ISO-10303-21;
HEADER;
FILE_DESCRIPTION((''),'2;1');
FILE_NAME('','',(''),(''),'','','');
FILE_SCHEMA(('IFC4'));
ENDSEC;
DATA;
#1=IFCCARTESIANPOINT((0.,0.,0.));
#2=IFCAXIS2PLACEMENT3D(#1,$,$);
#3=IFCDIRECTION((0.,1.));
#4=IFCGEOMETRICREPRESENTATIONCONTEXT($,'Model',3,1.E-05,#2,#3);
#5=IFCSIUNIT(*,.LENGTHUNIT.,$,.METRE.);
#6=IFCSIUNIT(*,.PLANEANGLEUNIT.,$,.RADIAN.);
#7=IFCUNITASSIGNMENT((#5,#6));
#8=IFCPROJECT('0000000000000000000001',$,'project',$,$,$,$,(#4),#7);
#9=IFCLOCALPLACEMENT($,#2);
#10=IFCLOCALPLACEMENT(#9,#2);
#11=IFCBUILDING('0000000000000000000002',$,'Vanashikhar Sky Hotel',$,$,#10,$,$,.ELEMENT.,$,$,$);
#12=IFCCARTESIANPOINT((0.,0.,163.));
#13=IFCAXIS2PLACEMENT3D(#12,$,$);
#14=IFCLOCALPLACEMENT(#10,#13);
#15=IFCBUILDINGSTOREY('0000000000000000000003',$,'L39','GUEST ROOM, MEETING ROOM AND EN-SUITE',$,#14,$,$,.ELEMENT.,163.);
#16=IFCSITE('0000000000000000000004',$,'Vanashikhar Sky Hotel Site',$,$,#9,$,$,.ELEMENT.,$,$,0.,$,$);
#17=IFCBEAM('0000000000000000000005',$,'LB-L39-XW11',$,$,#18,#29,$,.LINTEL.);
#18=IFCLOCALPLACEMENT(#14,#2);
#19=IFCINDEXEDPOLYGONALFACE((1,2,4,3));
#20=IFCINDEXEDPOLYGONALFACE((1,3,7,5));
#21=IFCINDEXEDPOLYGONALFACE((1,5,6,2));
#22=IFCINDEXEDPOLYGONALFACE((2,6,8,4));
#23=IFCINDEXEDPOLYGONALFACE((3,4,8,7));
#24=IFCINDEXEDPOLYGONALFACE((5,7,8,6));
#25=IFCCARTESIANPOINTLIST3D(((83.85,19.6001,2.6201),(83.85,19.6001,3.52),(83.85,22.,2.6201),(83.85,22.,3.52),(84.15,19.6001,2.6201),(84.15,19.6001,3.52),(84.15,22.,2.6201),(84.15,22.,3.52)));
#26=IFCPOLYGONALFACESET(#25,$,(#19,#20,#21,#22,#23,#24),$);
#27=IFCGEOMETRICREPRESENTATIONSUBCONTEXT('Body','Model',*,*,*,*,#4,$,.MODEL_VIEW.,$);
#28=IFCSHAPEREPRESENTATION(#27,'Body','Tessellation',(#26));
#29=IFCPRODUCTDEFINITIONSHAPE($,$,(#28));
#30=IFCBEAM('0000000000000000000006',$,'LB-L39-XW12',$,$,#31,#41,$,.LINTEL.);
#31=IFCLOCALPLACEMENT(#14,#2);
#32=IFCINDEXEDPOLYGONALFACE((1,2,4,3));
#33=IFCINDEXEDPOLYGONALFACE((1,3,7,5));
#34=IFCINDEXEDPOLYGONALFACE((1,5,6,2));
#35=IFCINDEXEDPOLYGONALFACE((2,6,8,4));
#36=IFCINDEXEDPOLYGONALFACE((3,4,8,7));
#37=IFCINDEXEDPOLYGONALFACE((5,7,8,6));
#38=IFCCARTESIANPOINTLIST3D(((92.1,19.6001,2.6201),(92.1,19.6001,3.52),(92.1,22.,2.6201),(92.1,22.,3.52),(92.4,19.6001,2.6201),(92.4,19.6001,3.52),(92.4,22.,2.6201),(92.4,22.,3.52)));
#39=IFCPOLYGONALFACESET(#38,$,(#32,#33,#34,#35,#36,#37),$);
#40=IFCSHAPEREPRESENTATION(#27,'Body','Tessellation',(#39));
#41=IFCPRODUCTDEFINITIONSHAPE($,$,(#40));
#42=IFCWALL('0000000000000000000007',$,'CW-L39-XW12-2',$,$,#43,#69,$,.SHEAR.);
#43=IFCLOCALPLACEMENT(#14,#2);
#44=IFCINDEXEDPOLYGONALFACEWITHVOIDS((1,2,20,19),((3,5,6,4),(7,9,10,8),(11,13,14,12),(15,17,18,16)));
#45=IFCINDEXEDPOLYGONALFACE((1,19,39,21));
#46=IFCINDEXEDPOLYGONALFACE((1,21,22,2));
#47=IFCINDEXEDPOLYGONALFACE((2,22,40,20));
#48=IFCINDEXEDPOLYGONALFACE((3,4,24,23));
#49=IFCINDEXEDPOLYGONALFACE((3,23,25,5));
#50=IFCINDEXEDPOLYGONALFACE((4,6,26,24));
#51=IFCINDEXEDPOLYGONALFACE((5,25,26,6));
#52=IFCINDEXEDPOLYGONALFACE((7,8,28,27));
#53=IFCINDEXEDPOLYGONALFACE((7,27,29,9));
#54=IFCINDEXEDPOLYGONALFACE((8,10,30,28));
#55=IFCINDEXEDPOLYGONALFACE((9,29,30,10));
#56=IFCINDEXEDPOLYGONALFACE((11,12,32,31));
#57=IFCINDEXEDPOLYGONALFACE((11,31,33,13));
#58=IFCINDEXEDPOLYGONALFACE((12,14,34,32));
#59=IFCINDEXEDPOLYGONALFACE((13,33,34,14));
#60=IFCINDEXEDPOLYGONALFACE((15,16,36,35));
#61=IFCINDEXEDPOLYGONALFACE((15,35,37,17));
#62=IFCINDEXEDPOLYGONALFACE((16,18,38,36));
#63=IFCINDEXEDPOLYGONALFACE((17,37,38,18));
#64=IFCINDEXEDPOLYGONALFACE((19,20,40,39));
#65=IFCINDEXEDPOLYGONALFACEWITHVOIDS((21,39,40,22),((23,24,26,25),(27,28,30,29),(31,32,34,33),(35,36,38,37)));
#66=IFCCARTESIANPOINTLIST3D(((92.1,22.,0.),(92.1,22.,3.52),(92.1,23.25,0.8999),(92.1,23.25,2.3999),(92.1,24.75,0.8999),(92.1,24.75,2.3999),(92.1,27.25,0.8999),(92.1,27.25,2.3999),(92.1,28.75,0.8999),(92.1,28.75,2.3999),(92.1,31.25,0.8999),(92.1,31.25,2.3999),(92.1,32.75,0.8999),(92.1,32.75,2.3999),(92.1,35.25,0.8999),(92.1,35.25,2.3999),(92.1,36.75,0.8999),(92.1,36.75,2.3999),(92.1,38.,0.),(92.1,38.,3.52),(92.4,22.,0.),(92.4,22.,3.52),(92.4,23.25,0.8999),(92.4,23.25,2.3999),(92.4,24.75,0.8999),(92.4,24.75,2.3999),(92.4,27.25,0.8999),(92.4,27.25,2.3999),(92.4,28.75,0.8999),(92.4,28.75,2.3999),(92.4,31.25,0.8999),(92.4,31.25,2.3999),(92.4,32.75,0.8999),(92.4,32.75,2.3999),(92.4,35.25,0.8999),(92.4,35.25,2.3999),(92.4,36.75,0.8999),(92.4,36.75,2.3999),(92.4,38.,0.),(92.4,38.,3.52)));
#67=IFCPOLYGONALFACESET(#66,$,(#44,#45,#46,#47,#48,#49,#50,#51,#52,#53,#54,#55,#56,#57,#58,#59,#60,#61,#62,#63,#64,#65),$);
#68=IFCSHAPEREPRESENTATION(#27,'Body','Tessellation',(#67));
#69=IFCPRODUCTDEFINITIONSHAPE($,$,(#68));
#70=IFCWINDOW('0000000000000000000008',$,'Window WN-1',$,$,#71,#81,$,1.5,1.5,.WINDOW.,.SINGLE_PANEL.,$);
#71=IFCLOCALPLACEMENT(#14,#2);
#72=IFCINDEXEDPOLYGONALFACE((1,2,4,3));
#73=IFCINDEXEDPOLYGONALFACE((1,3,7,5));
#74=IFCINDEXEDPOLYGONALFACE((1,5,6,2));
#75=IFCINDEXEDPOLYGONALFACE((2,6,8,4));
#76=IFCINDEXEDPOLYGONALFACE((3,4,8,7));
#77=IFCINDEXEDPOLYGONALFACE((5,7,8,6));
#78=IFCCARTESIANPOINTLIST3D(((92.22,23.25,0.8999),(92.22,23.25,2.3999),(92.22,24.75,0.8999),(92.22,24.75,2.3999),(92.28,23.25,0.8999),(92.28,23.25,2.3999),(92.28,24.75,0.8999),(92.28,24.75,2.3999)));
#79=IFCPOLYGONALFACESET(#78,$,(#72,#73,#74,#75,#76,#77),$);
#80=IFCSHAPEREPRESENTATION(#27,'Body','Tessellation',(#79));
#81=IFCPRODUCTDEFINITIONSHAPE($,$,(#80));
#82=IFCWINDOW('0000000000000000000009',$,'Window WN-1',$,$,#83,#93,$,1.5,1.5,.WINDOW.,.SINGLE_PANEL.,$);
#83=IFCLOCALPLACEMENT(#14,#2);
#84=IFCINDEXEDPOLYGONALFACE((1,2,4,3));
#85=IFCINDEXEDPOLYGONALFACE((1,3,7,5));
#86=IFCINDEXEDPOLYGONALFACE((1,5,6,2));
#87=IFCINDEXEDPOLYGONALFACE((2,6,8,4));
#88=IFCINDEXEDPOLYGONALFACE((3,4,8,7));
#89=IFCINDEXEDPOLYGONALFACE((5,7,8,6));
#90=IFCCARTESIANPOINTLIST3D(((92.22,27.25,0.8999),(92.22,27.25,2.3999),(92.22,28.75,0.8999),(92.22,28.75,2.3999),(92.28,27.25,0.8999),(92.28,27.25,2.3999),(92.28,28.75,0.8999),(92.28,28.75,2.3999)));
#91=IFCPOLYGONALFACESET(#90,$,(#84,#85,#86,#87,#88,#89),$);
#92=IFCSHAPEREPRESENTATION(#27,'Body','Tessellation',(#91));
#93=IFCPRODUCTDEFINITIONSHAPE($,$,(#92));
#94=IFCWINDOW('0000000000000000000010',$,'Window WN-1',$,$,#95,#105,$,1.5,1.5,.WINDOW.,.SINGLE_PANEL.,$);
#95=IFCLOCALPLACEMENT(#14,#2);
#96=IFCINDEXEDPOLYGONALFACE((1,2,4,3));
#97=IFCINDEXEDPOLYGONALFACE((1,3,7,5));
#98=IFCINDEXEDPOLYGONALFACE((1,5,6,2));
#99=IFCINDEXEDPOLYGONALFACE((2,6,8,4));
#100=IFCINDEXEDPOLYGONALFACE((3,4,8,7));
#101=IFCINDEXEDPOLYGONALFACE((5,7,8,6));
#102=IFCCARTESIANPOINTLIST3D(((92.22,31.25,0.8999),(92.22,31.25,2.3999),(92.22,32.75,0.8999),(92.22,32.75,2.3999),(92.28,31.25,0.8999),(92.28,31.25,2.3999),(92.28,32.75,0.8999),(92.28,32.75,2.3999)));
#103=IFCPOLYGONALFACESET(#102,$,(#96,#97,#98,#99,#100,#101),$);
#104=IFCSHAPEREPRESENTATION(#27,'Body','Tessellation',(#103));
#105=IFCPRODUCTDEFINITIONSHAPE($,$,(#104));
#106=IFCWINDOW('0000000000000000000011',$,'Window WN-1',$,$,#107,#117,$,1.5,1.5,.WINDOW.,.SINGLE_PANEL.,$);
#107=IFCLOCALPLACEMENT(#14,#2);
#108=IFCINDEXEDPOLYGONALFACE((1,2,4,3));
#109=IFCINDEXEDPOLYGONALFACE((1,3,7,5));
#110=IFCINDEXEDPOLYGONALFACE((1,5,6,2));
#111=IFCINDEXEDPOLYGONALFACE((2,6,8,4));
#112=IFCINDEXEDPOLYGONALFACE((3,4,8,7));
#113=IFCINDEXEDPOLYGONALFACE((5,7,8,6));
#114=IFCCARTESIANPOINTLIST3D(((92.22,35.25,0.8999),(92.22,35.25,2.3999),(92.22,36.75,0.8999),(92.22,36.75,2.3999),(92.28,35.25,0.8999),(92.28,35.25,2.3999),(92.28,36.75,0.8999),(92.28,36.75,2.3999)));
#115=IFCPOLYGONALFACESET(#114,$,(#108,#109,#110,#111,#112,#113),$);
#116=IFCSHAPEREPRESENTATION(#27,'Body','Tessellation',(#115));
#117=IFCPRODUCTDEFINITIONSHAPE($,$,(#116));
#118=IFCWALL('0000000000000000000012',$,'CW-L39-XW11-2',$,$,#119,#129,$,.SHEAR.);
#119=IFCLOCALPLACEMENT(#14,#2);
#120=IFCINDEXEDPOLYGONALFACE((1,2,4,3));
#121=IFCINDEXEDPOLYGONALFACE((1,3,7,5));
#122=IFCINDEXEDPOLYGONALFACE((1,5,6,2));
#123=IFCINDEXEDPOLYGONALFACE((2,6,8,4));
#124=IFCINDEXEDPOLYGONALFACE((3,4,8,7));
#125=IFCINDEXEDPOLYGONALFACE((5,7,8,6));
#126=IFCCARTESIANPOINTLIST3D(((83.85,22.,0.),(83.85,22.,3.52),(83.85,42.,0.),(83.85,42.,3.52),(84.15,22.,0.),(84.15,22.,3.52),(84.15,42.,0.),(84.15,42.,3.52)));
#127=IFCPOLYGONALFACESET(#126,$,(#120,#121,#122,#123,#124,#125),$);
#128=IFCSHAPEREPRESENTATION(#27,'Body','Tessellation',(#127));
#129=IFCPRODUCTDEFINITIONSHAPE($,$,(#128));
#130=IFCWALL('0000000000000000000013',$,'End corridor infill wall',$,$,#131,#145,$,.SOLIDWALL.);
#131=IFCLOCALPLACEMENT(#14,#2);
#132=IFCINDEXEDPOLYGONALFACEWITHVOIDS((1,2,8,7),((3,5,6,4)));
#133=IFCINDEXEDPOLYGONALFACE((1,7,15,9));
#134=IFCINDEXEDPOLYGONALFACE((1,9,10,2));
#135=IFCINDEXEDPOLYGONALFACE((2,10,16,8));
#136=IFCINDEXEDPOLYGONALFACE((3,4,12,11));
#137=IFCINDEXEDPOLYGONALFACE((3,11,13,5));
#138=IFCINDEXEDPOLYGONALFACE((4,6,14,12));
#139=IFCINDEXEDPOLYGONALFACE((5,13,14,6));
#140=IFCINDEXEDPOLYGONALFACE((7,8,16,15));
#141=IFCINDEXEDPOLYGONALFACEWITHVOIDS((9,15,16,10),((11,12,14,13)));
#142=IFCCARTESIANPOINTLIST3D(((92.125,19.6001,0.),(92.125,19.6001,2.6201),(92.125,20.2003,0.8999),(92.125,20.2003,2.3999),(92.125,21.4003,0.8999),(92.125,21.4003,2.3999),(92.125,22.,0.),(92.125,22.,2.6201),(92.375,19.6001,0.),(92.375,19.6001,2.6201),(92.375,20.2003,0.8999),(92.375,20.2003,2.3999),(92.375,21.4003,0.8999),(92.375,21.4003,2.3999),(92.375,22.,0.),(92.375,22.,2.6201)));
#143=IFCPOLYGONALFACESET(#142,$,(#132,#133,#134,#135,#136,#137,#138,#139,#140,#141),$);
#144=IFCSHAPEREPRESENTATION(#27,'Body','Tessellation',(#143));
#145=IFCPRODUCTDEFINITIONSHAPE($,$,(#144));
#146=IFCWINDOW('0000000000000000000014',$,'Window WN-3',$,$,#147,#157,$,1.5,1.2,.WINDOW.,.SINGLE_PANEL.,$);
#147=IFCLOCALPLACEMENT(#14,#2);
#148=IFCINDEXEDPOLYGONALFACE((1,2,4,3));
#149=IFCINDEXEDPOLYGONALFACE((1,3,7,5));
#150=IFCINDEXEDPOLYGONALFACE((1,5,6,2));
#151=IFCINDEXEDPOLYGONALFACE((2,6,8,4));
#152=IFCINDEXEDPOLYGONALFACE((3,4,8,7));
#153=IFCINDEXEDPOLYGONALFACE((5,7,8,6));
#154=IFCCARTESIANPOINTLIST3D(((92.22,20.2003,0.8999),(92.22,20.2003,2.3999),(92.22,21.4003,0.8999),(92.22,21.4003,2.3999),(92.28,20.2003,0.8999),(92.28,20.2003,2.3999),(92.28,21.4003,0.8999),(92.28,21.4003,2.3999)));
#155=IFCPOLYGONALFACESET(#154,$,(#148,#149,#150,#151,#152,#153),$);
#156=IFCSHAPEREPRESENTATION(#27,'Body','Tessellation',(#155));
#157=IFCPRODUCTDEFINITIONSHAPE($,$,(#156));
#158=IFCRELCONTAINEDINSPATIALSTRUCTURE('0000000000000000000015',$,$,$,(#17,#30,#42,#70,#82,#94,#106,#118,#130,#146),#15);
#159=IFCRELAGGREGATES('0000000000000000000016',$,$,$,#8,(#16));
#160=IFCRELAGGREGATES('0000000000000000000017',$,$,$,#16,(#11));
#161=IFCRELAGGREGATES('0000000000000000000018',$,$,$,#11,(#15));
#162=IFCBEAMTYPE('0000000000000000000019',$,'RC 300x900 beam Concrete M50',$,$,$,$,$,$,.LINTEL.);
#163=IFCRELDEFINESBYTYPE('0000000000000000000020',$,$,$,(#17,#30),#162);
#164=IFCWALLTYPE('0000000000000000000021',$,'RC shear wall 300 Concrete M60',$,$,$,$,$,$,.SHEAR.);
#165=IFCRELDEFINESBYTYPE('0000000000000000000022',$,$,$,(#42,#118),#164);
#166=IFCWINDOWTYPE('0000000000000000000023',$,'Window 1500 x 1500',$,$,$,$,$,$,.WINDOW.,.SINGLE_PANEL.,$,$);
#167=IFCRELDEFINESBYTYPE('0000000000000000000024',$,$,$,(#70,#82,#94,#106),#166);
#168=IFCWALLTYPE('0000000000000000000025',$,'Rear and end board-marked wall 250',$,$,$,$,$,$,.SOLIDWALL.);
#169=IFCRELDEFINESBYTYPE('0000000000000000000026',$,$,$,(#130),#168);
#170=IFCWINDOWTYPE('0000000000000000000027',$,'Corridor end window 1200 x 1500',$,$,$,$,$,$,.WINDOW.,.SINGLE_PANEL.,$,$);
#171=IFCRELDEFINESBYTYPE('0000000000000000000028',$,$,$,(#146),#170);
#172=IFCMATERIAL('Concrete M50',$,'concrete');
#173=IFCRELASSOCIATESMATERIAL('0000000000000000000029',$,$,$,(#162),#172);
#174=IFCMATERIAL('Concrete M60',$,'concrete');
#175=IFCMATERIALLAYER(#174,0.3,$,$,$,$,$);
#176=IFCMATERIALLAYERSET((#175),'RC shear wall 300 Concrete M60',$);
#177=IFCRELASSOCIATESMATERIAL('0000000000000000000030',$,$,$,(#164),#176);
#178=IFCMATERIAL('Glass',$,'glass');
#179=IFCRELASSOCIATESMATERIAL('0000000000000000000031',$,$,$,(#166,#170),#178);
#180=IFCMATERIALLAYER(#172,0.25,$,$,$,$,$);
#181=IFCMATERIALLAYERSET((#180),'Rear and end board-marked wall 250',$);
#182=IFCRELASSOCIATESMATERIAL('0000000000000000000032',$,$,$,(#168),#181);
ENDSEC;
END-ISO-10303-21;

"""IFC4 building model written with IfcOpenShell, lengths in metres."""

from ifc_helpers import new_model, si_unit, direction, frame, frame_2d, origin, origin_2d, place, context, subcontext, project, spatial, rectangle, extrude, source, transform, mapped, material, layer, layer_set, material_profile, profile_set, type_object, element, fill, save


model = new_model("IFC4")

# Units and contexts
model_context = context("Model", 3, precision=1e-05, world=origin(), true_north=direction((0.0, 1.0)))
body_context = subcontext(model_context, "Body", "Model", "MODEL_VIEW")
ifc_project = project(units=[si_unit("LENGTHUNIT", "METRE"), si_unit("PLANEANGLEUNIT", "RADIAN")], contexts=[model_context])

# Site, building, storey
site_placement = place(None, origin())
site = spatial("IfcSite", under=ifc_project, at=site_placement, Name="Vanashikhar Sky Hotel Site", CompositionType="ELEMENT", RefElevation=0.0)
building_placement = place(site_placement, origin())
building = spatial("IfcBuilding", under=site, at=building_placement, Name="Vanashikhar Sky Hotel", CompositionType="ELEMENT")
storey_placement = place(building_placement, frame((0.0, 0.0, 163.0)))
storey = spatial("IfcBuildingStorey", under=building, at=storey_placement, Name="L39", Description="GUEST ROOM, MEETING ROOM AND EN-SUITE", CompositionType="ELEMENT", Elevation=163.0)

# Beams
ifc_material_1 = material(Name="Concrete M50", Category="concrete")
ifc_material_profile = material_profile(ifc_material_1, rectangle(XDim=0.3, YDim=0.8999, at=origin_2d()))
ifc_profile_set = profile_set([ifc_material_profile], Name="RC 300x900 beam Concrete M50")
beam_type = type_object("IfcBeamType", Name="RC 300x900 beam Concrete M50", PredefinedType="LINTEL", material=ifc_profile_set)
shared_shape_1 = source(origin(), body_context, "Body", "SweptSolid", [
    extrude(rectangle(XDim=0.3, YDim=0.8999, at=origin_2d()), origin(), (0.0, 0.0, 1.0), 2.3999),
])
for number, where, z_axis, x_axis, name in (
    (1, (84.0, 19.6001, 3.0701), (0.0, 1.0, 0.0), (-1.0, 0.0, 0.0), "LB-L39-XW11"),
    (2, (92.25, 19.6001, 3.0701), (0.0, 1.0, 0.0), (-1.0, 0.0, 0.0), "LB-L39-XW12"),
):
    element("IfcBeam", number, at=place(storey_placement, frame(where, z_axis=z_axis, x_axis=x_axis)), inside=storey, type_object=beam_type, Name=name, PredefinedType="LINTEL", context=body_context, shape_type="MappedRepresentation", body=[
        mapped(shared_shape_1, transform((0.0, 0.0, 0.0), scale=1.0)),
    ])

# Wall, openings, windows
ifc_material_2 = material(Name="Concrete M60", Category="concrete")
ifc_layer_1 = layer(ifc_material_2, 0.3)
ifc_layer_set_1 = layer_set([ifc_layer_1], Name="RC shear wall 300 Concrete M60")
wall_type_1 = type_object("IfcWallType", Name="RC shear wall 300 Concrete M60", PredefinedType="SHEAR", material=ifc_layer_set_1)
shared_shape_2 = source(origin(), body_context, "Body", "SweptSolid", [
    extrude(rectangle(XDim=16.0, YDim=0.3, at=frame_2d((8.0, 0.0))), origin(), (0.0, 0.0, 1.0), 3.52),
])
wall_1_placement = place(storey_placement, frame((92.25, 22.0, 0.0), z_axis=(0.0, 0.0, 1.0), x_axis=(0.0, 1.0, 0.0)))
wall_1 = element("IfcWall", 3, at=wall_1_placement, inside=storey, type_object=wall_type_1, Name="CW-L39-XW12-2", PredefinedType="SHEAR", context=body_context, shape_type="MappedRepresentation", body=[
    mapped(shared_shape_2, transform((0.0, 0.0, 0.0), scale=1.0)),
])
shared_shape_3 = source(origin(), body_context, "Body", "SweptSolid", [
    extrude(rectangle(XDim=1.5, YDim=1.5, at=frame_2d((0.75, 0.75))), frame((0.0, 0.1602, 0.0), z_axis=(0.0, -1.0, 0.0), x_axis=(1.0, 0.0, 0.0)), (0.0, 0.0, 1.0), 0.3201),
])
opening_1_placement = place(wall_1_placement, frame((1.25, 0.0, 0.8999)))
opening_1 = element("IfcOpeningElement", 4, at=opening_1_placement, cuts=wall_1, PredefinedType="OPENING", context=body_context, shape_type="MappedRepresentation", body=[
    mapped(shared_shape_3, transform((0.0, 0.0, 0.0), scale=1.0)),
])
opening_2_placement = place(wall_1_placement, frame((5.25, 0.0, 0.8999)))
opening_2 = element("IfcOpeningElement", 5, at=opening_2_placement, cuts=wall_1, PredefinedType="OPENING", context=body_context, shape_type="MappedRepresentation", body=[
    mapped(shared_shape_3, transform((0.0, 0.0, 0.0), scale=1.0)),
])
opening_3_placement = place(wall_1_placement, frame((9.25, 0.0, 0.8999)))
opening_3 = element("IfcOpeningElement", 6, at=opening_3_placement, cuts=wall_1, PredefinedType="OPENING", context=body_context, shape_type="MappedRepresentation", body=[
    mapped(shared_shape_3, transform((0.0, 0.0, 0.0), scale=1.0)),
])
opening_4_placement = place(wall_1_placement, frame((13.25, 0.0, 0.8999)))
opening_4 = element("IfcOpeningElement", 7, at=opening_4_placement, cuts=wall_1, PredefinedType="OPENING", context=body_context, shape_type="MappedRepresentation", body=[
    mapped(shared_shape_3, transform((0.0, 0.0, 0.0), scale=1.0)),
])
ifc_material_3 = material(Name="Glass", Category="glass")
window_type_1 = type_object("IfcWindowType", Name="Window 1500 x 1500", PartitioningType="SINGLE_PANEL", PredefinedType="WINDOW", material=ifc_material_3)
shared_shape_4 = source(origin(), body_context, "Body", "SweptSolid", [
    extrude(rectangle(XDim=1.5, YDim=1.5, at=frame_2d((0.75, 0.75))), frame((0.0, 0.03, 0.0), z_axis=(0.0, -1.0, 0.0), x_axis=(1.0, 0.0, 0.0)), (0.0, 0.0, 1.0), 0.0601),
])
window_1_placement = place(opening_1_placement, origin())
window_1 = element("IfcWindow", 8, at=window_1_placement, inside=storey, type_object=window_type_1, Name="Window WN-1", OverallHeight=1.5, OverallWidth=1.5, PartitioningType="SINGLE_PANEL", PredefinedType="WINDOW", context=body_context, shape_type="MappedRepresentation", body=[
    mapped(shared_shape_4, transform((0.0, 0.0, 0.0), scale=1.0)),
])
fill(opening_1, window_1)
window_2_placement = place(opening_2_placement, origin())
window_2 = element("IfcWindow", 9, at=window_2_placement, inside=storey, type_object=window_type_1, Name="Window WN-1", OverallHeight=1.5, OverallWidth=1.5, PartitioningType="SINGLE_PANEL", PredefinedType="WINDOW", context=body_context, shape_type="MappedRepresentation", body=[
    mapped(shared_shape_4, transform((0.0, 0.0, 0.0), scale=1.0)),
])
fill(opening_2, window_2)
window_3_placement = place(opening_3_placement, origin())
window_3 = element("IfcWindow", 10, at=window_3_placement, inside=storey, type_object=window_type_1, Name="Window WN-1", OverallHeight=1.5, OverallWidth=1.5, PartitioningType="SINGLE_PANEL", PredefinedType="WINDOW", context=body_context, shape_type="MappedRepresentation", body=[
    mapped(shared_shape_4, transform((0.0, 0.0, 0.0), scale=1.0)),
])
fill(opening_3, window_3)
window_4_placement = place(opening_4_placement, origin())
window_4 = element("IfcWindow", 11, at=window_4_placement, inside=storey, type_object=window_type_1, Name="Window WN-1", OverallHeight=1.5, OverallWidth=1.5, PartitioningType="SINGLE_PANEL", PredefinedType="WINDOW", context=body_context, shape_type="MappedRepresentation", body=[
    mapped(shared_shape_4, transform((0.0, 0.0, 0.0), scale=1.0)),
])
fill(opening_4, window_4)

# Wall
shared_shape_5 = source(origin(), body_context, "Body", "SweptSolid", [
    extrude(rectangle(XDim=20.0, YDim=0.3, at=frame_2d((10.0, 0.0))), origin(), (0.0, 0.0, 1.0), 3.52),
])
wall_2_placement = place(storey_placement, frame((84.0, 22.0, 0.0), z_axis=(0.0, 0.0, 1.0), x_axis=(0.0, 1.0, 0.0)))
element("IfcWall", 12, at=wall_2_placement, inside=storey, type_object=wall_type_1, Name="CW-L39-XW11-2", PredefinedType="SHEAR", context=body_context, shape_type="MappedRepresentation", body=[
    mapped(shared_shape_5, transform((0.0, 0.0, 0.0), scale=1.0)),
])

# Wall, opening, window
ifc_layer_2 = layer(ifc_material_1, 0.25)
ifc_layer_set_2 = layer_set([ifc_layer_2], Name="Rear and end board-marked wall 250")
wall_type_2 = type_object("IfcWallType", Name="Rear and end board-marked wall 250", PredefinedType="SOLIDWALL", material=ifc_layer_set_2)
shared_shape_6 = source(origin(), body_context, "Body", "SweptSolid", [
    extrude(rectangle(XDim=2.3999, YDim=0.25, at=frame_2d((1.2, 0.0))), origin(), (0.0, 0.0, 1.0), 2.6201),
])
wall_3_placement = place(storey_placement, frame((92.25, 19.6001, 0.0), z_axis=(0.0, 0.0, 1.0), x_axis=(0.0, 1.0, 0.0)))
wall_3 = element("IfcWall", 13, at=wall_3_placement, inside=storey, type_object=wall_type_2, Name="End corridor infill wall", PredefinedType="SOLIDWALL", context=body_context, shape_type="MappedRepresentation", body=[
    mapped(shared_shape_6, transform((0.0, 0.0, 0.0), scale=1.0)),
])
shared_shape_7 = source(origin(), body_context, "Body", "SweptSolid", [
    extrude(rectangle(XDim=1.2, YDim=1.5, at=frame_2d((0.6001, 0.75))), frame((0.0, 0.135, 0.0), z_axis=(0.0, -1.0, 0.0), x_axis=(1.0, 0.0, 0.0)), (0.0, 0.0, 1.0), 0.27),
])
opening_5_placement = place(wall_3_placement, frame((0.6001, 0.0, 0.8999)))
opening_5 = element("IfcOpeningElement", 14, at=opening_5_placement, cuts=wall_3, PredefinedType="OPENING", context=body_context, shape_type="MappedRepresentation", body=[
    mapped(shared_shape_7, transform((0.0, 0.0, 0.0), scale=1.0)),
])
window_type_2 = type_object("IfcWindowType", Name="Corridor end window 1200 x 1500", PartitioningType="SINGLE_PANEL", PredefinedType="WINDOW", material=ifc_material_3)
shared_shape_8 = source(origin(), body_context, "Body", "SweptSolid", [
    extrude(rectangle(XDim=1.2, YDim=1.5, at=frame_2d((0.6001, 0.75))), frame((0.0, 0.03, 0.0), z_axis=(0.0, -1.0, 0.0), x_axis=(1.0, 0.0, 0.0)), (0.0, 0.0, 1.0), 0.0601),
])
window_5_placement = place(opening_5_placement, origin())
window_5 = element("IfcWindow", 15, at=window_5_placement, inside=storey, type_object=window_type_2, Name="Window WN-3", OverallHeight=1.5, OverallWidth=1.2, PartitioningType="SINGLE_PANEL", PredefinedType="WINDOW", context=body_context, shape_type="MappedRepresentation", body=[
    mapped(shared_shape_8, transform((0.0, 0.0, 0.0), scale=1.0)),
])
fill(opening_5, window_5)

save(model, "model.ifc")
